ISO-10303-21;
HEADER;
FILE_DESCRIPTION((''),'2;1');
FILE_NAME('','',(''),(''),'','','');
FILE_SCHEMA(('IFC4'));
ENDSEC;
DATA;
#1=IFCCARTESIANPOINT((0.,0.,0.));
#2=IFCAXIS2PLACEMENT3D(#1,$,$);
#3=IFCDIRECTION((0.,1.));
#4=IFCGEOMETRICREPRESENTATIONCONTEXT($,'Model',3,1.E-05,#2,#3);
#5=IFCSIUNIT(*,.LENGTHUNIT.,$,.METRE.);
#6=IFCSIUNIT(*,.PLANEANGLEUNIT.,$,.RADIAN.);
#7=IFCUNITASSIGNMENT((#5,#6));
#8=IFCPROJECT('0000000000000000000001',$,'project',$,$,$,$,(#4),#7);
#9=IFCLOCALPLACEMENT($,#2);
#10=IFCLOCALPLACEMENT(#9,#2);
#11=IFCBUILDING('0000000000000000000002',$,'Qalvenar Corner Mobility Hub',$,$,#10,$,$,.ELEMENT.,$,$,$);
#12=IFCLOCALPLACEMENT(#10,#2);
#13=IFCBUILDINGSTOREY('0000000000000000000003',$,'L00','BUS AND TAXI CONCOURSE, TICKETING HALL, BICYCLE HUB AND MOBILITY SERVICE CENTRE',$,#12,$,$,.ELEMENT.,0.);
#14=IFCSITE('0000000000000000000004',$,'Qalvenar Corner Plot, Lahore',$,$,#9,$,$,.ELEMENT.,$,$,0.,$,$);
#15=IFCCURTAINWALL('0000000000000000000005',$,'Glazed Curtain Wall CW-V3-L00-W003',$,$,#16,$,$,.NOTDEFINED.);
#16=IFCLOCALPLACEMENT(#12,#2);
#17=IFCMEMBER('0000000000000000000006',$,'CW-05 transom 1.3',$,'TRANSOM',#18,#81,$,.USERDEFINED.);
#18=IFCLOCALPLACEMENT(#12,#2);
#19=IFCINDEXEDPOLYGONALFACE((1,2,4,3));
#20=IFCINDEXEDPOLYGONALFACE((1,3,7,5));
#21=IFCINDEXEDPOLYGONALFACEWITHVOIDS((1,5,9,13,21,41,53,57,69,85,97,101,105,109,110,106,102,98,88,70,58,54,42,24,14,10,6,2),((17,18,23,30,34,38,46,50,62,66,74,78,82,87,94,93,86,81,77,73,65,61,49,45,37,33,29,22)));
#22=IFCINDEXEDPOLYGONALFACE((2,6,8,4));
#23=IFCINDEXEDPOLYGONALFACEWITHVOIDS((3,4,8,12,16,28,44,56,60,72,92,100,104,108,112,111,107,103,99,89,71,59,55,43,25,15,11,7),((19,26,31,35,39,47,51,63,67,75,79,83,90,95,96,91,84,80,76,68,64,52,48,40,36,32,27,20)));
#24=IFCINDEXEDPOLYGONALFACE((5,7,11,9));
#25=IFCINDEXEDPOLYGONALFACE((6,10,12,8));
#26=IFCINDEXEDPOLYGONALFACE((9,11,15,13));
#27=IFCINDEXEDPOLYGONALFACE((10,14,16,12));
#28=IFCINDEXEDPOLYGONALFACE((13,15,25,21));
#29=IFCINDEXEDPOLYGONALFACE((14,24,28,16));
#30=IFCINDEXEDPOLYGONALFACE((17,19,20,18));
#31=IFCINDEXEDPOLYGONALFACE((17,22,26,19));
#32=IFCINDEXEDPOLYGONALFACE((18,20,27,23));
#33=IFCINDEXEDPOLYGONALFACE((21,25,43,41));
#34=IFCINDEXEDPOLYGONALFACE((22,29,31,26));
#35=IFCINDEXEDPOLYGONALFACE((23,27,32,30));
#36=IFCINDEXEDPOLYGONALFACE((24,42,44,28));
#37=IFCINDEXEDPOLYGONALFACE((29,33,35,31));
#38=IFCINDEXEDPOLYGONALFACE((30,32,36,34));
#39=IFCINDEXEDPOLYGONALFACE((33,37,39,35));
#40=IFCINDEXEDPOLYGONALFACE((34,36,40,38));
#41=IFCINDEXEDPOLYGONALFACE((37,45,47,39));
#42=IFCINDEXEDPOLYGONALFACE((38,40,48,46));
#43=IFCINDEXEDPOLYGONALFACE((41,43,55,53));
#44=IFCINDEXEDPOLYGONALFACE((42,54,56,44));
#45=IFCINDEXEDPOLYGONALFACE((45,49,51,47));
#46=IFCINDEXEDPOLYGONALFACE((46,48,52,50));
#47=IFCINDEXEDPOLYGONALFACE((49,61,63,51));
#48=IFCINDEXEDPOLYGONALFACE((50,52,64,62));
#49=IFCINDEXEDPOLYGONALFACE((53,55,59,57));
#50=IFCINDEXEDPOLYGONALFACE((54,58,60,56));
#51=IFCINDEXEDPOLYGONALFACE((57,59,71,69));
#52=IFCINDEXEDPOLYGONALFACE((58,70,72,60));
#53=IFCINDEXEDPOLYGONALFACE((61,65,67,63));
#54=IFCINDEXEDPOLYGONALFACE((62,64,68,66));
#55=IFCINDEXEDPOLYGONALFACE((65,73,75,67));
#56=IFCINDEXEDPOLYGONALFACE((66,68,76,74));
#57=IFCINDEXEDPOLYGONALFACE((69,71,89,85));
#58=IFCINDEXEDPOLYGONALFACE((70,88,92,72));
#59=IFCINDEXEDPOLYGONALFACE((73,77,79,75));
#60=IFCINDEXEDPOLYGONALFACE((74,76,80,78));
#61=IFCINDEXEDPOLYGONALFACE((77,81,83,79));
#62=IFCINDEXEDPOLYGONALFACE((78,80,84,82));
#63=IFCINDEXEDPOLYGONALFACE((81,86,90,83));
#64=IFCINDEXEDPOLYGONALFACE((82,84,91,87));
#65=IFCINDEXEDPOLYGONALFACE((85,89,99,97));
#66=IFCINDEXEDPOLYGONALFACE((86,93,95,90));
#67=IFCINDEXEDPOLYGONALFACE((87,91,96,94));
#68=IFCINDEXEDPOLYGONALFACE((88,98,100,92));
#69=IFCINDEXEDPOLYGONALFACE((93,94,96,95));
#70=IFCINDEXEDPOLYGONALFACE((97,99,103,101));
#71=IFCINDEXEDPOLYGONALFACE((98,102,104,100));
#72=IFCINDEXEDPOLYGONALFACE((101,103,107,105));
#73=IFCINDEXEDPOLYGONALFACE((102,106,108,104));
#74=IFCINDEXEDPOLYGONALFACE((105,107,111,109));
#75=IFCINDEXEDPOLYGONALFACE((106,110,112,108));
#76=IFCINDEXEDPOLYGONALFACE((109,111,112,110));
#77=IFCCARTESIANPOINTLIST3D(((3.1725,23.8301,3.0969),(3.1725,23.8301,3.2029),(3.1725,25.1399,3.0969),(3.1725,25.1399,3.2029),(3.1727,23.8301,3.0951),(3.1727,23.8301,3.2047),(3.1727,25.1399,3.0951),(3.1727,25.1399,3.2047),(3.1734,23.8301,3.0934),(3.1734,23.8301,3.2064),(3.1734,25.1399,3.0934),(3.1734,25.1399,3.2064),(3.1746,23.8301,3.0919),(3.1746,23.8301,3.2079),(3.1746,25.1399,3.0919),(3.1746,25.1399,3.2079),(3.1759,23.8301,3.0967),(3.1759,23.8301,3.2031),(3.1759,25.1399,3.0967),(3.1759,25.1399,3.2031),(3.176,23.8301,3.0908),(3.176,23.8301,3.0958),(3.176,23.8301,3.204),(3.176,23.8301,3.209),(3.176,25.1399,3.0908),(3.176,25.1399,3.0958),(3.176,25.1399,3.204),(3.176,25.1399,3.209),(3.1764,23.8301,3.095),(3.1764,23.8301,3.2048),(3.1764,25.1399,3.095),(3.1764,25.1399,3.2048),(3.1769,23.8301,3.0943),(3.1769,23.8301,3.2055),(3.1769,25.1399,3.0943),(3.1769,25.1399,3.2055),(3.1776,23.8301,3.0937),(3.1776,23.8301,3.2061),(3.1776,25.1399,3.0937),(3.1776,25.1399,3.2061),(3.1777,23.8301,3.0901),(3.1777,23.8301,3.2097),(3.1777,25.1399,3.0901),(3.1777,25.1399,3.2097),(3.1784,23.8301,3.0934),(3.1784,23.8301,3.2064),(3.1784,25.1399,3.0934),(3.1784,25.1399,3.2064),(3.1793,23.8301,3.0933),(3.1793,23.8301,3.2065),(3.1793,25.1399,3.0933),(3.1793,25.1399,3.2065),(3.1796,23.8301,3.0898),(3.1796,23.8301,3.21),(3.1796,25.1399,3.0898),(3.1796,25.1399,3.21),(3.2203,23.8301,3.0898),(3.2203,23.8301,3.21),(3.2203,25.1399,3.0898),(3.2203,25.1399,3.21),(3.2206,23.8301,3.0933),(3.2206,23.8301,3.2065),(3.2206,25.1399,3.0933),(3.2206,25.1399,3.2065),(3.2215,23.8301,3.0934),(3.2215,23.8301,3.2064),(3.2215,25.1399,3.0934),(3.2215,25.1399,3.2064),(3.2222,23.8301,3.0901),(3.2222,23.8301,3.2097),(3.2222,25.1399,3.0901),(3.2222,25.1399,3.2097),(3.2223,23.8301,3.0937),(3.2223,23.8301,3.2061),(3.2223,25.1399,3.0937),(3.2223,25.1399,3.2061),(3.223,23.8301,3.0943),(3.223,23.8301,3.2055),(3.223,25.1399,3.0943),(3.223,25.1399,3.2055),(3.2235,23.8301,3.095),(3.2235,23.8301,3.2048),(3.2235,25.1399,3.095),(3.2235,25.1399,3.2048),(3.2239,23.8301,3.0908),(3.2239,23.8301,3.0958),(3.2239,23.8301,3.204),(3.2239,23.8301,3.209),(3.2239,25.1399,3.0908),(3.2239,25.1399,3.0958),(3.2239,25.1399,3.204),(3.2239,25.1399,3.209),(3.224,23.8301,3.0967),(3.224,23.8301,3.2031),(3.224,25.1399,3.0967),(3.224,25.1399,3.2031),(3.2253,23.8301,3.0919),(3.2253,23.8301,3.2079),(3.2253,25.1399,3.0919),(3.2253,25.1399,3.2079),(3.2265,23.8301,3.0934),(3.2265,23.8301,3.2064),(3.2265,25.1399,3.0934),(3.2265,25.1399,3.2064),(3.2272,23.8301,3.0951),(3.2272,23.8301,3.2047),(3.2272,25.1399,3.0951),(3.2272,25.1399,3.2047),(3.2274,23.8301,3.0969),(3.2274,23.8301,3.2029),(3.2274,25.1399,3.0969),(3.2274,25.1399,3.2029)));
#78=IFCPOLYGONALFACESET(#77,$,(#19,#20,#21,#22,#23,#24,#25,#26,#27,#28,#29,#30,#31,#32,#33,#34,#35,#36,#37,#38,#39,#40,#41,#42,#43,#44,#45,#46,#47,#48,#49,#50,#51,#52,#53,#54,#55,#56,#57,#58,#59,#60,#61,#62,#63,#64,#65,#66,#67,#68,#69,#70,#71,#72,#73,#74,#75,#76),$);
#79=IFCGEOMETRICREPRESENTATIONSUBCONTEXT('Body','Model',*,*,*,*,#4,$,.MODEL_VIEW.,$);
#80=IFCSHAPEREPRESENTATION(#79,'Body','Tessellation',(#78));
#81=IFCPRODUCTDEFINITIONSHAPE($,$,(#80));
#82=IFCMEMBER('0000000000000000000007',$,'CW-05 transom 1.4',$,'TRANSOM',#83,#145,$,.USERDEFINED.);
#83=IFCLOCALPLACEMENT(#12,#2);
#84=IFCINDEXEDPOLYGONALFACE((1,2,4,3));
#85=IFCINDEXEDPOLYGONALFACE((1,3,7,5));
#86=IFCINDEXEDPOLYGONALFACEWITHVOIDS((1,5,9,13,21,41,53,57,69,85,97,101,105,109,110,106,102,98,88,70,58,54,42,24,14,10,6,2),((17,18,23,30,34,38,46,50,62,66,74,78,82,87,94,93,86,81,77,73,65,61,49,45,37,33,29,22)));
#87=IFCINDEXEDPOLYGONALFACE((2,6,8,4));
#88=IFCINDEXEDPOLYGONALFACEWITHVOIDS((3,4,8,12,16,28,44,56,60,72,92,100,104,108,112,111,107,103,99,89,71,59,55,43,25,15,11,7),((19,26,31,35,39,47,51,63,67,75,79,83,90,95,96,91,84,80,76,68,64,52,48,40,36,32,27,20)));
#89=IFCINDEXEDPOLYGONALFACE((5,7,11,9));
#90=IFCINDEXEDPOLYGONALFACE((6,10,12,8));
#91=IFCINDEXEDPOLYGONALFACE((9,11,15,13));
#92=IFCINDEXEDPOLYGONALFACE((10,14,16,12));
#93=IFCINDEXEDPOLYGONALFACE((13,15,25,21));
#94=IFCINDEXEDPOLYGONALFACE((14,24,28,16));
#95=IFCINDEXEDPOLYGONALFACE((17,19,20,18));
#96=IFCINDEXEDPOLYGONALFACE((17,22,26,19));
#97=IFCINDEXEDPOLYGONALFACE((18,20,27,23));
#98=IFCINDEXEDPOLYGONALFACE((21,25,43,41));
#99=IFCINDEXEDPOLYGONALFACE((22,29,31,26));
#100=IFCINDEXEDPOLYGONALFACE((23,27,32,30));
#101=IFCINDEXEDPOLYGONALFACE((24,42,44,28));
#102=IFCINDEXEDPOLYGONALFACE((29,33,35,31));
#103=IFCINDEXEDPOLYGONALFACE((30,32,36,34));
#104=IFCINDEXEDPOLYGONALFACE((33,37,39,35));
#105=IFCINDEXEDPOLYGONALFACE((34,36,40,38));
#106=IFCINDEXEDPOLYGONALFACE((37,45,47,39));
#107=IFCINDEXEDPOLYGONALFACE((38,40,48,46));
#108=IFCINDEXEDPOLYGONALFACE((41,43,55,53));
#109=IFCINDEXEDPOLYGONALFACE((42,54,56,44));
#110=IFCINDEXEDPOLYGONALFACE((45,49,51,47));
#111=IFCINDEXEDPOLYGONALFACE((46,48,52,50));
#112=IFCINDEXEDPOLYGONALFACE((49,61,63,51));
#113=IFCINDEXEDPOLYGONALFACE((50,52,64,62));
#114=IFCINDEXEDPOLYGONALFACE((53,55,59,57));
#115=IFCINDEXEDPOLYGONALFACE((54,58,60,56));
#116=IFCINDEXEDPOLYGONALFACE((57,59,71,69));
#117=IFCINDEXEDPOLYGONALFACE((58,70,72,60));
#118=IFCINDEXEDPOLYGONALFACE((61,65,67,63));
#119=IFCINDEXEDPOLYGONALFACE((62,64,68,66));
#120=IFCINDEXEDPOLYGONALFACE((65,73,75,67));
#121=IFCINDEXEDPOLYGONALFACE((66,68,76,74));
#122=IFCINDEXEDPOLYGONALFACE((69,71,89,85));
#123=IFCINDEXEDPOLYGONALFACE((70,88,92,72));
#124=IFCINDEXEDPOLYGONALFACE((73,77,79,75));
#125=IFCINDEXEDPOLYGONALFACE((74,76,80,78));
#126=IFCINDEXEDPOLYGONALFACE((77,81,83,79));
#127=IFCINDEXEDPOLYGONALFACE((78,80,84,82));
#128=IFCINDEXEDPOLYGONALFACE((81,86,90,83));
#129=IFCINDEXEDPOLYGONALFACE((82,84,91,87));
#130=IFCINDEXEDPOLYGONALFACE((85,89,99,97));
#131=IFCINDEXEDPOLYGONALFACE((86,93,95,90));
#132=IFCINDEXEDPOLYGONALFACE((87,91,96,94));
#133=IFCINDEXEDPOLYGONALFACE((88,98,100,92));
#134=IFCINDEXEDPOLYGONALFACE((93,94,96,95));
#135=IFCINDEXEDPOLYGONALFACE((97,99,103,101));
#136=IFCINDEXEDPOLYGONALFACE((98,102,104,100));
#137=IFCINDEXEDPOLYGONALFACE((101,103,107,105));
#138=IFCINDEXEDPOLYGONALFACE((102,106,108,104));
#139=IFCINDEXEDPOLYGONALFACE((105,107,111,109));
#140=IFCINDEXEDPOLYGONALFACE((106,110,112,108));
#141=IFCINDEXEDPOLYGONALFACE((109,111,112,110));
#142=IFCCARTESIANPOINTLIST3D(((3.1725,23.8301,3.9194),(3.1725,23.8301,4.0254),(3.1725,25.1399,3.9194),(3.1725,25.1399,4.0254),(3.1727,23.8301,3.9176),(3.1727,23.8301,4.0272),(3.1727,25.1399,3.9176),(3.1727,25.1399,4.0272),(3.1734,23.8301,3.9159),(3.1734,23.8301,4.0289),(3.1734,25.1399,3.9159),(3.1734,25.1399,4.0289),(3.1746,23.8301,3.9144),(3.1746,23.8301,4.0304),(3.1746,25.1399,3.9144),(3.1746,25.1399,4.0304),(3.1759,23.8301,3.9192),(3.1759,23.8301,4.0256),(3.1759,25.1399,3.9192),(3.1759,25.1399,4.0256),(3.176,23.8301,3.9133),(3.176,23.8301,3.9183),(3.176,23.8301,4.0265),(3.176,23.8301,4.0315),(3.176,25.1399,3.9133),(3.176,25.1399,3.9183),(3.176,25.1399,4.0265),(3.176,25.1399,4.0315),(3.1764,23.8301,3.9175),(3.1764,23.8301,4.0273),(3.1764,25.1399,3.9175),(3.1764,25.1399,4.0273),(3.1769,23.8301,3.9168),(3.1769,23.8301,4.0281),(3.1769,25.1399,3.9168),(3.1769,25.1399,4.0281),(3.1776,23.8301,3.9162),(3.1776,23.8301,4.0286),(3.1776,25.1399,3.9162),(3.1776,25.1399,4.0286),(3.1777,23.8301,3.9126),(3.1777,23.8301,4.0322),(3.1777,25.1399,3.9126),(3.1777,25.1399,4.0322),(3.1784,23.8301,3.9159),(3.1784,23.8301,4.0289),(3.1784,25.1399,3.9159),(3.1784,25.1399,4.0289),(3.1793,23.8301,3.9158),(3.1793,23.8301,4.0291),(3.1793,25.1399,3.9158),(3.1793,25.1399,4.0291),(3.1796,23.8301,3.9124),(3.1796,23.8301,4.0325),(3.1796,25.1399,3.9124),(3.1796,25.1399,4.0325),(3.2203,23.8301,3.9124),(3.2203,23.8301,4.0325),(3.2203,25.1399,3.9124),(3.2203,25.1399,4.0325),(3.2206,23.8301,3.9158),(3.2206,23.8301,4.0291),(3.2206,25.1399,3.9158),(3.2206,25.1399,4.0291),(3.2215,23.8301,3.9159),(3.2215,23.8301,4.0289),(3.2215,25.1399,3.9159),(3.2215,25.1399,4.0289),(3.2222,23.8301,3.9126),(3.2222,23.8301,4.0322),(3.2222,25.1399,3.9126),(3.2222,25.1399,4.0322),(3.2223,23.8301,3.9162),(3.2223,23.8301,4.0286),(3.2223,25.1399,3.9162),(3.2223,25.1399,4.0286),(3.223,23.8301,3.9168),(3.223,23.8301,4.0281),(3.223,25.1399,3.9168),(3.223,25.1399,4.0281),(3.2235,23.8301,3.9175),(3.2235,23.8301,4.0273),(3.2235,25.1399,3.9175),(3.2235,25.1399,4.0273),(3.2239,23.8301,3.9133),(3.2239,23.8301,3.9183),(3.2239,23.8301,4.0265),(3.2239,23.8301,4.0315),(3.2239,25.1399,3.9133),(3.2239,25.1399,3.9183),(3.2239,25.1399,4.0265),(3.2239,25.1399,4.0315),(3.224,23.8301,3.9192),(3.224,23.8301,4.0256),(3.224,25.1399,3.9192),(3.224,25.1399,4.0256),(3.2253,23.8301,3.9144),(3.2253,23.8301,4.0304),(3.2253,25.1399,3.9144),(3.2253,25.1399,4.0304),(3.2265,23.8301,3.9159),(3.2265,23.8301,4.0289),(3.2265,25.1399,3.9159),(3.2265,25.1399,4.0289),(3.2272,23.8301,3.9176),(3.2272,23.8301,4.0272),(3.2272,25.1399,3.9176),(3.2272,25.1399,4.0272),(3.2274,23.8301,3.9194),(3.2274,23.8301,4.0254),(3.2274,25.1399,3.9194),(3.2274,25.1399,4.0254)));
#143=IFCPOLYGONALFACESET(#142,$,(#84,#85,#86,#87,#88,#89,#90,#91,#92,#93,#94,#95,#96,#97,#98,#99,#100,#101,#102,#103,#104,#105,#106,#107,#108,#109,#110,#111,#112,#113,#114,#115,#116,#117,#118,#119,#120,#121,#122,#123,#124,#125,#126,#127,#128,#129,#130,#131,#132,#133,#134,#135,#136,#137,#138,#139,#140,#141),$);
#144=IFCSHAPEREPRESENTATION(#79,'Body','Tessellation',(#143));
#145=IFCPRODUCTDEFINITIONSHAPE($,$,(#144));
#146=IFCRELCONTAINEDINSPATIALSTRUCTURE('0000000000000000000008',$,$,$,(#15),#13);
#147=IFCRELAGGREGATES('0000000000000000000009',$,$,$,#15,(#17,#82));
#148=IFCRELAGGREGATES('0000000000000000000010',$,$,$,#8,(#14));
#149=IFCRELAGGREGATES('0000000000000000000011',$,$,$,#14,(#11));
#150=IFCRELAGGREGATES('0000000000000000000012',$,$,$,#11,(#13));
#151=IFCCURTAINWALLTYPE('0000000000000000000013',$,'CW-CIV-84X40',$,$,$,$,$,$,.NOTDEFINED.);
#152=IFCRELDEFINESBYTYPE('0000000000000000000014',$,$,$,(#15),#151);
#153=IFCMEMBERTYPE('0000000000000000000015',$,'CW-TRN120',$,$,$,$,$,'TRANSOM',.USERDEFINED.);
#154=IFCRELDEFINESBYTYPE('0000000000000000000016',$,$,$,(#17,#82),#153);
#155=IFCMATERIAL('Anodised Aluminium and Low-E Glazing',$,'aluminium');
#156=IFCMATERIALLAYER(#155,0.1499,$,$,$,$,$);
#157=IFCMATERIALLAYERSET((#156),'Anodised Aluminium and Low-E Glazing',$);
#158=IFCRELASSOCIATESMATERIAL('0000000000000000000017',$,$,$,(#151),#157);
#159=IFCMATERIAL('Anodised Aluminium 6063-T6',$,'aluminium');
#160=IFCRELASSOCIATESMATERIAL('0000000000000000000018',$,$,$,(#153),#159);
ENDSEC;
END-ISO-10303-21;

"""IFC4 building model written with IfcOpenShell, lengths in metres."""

from ifc_helpers import new_model, si_unit, direction, frame, origin, origin_2d, place, context, subcontext, project, spatial, hollow_rectangle, extrude, material, layer, layer_set, material_profile, profile_set, type_object, element, aggregate, save


model = new_model("IFC4")

# Units and contexts
model_context = context("Model", 3, precision=1e-05, world=origin(), true_north=direction((0.0, 1.0)))
body_context = subcontext(model_context, "Body", "Model", "MODEL_VIEW")
ifc_project = project(units=[si_unit("LENGTHUNIT", "METRE"), si_unit("PLANEANGLEUNIT", "RADIAN")], contexts=[model_context])

# Site, building, storey
site_placement = place(None, origin())
site = spatial("IfcSite", under=ifc_project, at=site_placement, Name="Qalvenar Corner Plot, Lahore", CompositionType="ELEMENT", RefElevation=0.0)
building_placement = place(site_placement, origin())
building = spatial("IfcBuilding", under=site, at=building_placement, Name="Qalvenar Corner Mobility Hub", CompositionType="ELEMENT")
storey_placement = place(building_placement, origin())
storey = spatial("IfcBuildingStorey", under=building, at=storey_placement, Name="L00", Description="BUS AND TAXI CONCOURSE, TICKETING HALL, BICYCLE HUB AND MOBILITY SERVICE CENTRE", CompositionType="ELEMENT", Elevation=0.0)

# Curtain wall
ifc_material_1 = material(Name="Anodised Aluminium and Low-E Glazing", Category="aluminium")
ifc_layer_1 = layer(ifc_material_1, 0.1499)
ifc_layer_set_1 = layer_set([ifc_layer_1], Name="Anodised Aluminium and Low-E Glazing")
curtain_wall_type = type_object("IfcCurtainWallType", Name="CW-CIV-84X40", PredefinedType="NOTDEFINED", material=ifc_layer_set_1)
curtain_wall_1_placement = place(storey_placement, origin())
curtain_wall_1 = element("IfcCurtainWall", 1, at=curtain_wall_1_placement, inside=storey, type_object=curtain_wall_type, Name="Glazed Curtain Wall CW-V3-L00-W003", PredefinedType="NOTDEFINED")
ifc_material_2 = material(Name="Anodised Aluminium 6063-T6", Category="aluminium")

# Members
ifc_material_profile_1 = material_profile(ifc_material_2, hollow_rectangle(XDim=0.0549, YDim=0.1201, WallThickness=0.0034, InnerFilletRadius=0.0034, OuterFilletRadius=0.0071, at=origin_2d()), Name="RHS120x55x3.5")
ifc_profile_set_1 = profile_set([ifc_material_profile_1], Name="Anodised Aluminium 6063-T6")
member_type_1 = type_object("IfcMemberType", Name="CW-TRN120", ElementType="TRANSOM", PredefinedType="USERDEFINED", material=ifc_profile_set_1)
member_1_placement = place(storey_placement, frame((3.2, 25.1399, 3.1499), z_axis=(0.0, -1.0, 0.0), x_axis=(1.0, 0.0, 0.0)))
member_1 = element("IfcMember", 2, at=member_1_placement, type_object=member_type_1, Name="CW-05 transom 1.3", ObjectType="TRANSOM", PredefinedType="USERDEFINED", context=body_context, shape_type="SweptSolid", body=[
    extrude(hollow_rectangle(XDim=0.0549, YDim=0.1201, WallThickness=0.0034, InnerFilletRadius=0.0034, OuterFilletRadius=0.0071, at=origin_2d()), origin(), (0.0, 0.0, 1.0), 1.3098),
])
member_2_placement = place(storey_placement, frame((3.2, 25.1399, 3.9724), z_axis=(0.0, -1.0, 0.0), x_axis=(1.0, 0.0, 0.0)))
member_2 = element("IfcMember", 3, at=member_2_placement, type_object=member_type_1, Name="CW-05 transom 1.4", ObjectType="TRANSOM", PredefinedType="USERDEFINED", context=body_context, shape_type="SweptSolid", body=[
    extrude(hollow_rectangle(XDim=0.0549, YDim=0.1201, WallThickness=0.0034, InnerFilletRadius=0.0034, OuterFilletRadius=0.0071, at=origin_2d()), origin(), (0.0, 0.0, 1.0), 1.3098),
])

aggregate(curtain_wall_1, [member_1, member_2])

save(model, "model.ifc")
